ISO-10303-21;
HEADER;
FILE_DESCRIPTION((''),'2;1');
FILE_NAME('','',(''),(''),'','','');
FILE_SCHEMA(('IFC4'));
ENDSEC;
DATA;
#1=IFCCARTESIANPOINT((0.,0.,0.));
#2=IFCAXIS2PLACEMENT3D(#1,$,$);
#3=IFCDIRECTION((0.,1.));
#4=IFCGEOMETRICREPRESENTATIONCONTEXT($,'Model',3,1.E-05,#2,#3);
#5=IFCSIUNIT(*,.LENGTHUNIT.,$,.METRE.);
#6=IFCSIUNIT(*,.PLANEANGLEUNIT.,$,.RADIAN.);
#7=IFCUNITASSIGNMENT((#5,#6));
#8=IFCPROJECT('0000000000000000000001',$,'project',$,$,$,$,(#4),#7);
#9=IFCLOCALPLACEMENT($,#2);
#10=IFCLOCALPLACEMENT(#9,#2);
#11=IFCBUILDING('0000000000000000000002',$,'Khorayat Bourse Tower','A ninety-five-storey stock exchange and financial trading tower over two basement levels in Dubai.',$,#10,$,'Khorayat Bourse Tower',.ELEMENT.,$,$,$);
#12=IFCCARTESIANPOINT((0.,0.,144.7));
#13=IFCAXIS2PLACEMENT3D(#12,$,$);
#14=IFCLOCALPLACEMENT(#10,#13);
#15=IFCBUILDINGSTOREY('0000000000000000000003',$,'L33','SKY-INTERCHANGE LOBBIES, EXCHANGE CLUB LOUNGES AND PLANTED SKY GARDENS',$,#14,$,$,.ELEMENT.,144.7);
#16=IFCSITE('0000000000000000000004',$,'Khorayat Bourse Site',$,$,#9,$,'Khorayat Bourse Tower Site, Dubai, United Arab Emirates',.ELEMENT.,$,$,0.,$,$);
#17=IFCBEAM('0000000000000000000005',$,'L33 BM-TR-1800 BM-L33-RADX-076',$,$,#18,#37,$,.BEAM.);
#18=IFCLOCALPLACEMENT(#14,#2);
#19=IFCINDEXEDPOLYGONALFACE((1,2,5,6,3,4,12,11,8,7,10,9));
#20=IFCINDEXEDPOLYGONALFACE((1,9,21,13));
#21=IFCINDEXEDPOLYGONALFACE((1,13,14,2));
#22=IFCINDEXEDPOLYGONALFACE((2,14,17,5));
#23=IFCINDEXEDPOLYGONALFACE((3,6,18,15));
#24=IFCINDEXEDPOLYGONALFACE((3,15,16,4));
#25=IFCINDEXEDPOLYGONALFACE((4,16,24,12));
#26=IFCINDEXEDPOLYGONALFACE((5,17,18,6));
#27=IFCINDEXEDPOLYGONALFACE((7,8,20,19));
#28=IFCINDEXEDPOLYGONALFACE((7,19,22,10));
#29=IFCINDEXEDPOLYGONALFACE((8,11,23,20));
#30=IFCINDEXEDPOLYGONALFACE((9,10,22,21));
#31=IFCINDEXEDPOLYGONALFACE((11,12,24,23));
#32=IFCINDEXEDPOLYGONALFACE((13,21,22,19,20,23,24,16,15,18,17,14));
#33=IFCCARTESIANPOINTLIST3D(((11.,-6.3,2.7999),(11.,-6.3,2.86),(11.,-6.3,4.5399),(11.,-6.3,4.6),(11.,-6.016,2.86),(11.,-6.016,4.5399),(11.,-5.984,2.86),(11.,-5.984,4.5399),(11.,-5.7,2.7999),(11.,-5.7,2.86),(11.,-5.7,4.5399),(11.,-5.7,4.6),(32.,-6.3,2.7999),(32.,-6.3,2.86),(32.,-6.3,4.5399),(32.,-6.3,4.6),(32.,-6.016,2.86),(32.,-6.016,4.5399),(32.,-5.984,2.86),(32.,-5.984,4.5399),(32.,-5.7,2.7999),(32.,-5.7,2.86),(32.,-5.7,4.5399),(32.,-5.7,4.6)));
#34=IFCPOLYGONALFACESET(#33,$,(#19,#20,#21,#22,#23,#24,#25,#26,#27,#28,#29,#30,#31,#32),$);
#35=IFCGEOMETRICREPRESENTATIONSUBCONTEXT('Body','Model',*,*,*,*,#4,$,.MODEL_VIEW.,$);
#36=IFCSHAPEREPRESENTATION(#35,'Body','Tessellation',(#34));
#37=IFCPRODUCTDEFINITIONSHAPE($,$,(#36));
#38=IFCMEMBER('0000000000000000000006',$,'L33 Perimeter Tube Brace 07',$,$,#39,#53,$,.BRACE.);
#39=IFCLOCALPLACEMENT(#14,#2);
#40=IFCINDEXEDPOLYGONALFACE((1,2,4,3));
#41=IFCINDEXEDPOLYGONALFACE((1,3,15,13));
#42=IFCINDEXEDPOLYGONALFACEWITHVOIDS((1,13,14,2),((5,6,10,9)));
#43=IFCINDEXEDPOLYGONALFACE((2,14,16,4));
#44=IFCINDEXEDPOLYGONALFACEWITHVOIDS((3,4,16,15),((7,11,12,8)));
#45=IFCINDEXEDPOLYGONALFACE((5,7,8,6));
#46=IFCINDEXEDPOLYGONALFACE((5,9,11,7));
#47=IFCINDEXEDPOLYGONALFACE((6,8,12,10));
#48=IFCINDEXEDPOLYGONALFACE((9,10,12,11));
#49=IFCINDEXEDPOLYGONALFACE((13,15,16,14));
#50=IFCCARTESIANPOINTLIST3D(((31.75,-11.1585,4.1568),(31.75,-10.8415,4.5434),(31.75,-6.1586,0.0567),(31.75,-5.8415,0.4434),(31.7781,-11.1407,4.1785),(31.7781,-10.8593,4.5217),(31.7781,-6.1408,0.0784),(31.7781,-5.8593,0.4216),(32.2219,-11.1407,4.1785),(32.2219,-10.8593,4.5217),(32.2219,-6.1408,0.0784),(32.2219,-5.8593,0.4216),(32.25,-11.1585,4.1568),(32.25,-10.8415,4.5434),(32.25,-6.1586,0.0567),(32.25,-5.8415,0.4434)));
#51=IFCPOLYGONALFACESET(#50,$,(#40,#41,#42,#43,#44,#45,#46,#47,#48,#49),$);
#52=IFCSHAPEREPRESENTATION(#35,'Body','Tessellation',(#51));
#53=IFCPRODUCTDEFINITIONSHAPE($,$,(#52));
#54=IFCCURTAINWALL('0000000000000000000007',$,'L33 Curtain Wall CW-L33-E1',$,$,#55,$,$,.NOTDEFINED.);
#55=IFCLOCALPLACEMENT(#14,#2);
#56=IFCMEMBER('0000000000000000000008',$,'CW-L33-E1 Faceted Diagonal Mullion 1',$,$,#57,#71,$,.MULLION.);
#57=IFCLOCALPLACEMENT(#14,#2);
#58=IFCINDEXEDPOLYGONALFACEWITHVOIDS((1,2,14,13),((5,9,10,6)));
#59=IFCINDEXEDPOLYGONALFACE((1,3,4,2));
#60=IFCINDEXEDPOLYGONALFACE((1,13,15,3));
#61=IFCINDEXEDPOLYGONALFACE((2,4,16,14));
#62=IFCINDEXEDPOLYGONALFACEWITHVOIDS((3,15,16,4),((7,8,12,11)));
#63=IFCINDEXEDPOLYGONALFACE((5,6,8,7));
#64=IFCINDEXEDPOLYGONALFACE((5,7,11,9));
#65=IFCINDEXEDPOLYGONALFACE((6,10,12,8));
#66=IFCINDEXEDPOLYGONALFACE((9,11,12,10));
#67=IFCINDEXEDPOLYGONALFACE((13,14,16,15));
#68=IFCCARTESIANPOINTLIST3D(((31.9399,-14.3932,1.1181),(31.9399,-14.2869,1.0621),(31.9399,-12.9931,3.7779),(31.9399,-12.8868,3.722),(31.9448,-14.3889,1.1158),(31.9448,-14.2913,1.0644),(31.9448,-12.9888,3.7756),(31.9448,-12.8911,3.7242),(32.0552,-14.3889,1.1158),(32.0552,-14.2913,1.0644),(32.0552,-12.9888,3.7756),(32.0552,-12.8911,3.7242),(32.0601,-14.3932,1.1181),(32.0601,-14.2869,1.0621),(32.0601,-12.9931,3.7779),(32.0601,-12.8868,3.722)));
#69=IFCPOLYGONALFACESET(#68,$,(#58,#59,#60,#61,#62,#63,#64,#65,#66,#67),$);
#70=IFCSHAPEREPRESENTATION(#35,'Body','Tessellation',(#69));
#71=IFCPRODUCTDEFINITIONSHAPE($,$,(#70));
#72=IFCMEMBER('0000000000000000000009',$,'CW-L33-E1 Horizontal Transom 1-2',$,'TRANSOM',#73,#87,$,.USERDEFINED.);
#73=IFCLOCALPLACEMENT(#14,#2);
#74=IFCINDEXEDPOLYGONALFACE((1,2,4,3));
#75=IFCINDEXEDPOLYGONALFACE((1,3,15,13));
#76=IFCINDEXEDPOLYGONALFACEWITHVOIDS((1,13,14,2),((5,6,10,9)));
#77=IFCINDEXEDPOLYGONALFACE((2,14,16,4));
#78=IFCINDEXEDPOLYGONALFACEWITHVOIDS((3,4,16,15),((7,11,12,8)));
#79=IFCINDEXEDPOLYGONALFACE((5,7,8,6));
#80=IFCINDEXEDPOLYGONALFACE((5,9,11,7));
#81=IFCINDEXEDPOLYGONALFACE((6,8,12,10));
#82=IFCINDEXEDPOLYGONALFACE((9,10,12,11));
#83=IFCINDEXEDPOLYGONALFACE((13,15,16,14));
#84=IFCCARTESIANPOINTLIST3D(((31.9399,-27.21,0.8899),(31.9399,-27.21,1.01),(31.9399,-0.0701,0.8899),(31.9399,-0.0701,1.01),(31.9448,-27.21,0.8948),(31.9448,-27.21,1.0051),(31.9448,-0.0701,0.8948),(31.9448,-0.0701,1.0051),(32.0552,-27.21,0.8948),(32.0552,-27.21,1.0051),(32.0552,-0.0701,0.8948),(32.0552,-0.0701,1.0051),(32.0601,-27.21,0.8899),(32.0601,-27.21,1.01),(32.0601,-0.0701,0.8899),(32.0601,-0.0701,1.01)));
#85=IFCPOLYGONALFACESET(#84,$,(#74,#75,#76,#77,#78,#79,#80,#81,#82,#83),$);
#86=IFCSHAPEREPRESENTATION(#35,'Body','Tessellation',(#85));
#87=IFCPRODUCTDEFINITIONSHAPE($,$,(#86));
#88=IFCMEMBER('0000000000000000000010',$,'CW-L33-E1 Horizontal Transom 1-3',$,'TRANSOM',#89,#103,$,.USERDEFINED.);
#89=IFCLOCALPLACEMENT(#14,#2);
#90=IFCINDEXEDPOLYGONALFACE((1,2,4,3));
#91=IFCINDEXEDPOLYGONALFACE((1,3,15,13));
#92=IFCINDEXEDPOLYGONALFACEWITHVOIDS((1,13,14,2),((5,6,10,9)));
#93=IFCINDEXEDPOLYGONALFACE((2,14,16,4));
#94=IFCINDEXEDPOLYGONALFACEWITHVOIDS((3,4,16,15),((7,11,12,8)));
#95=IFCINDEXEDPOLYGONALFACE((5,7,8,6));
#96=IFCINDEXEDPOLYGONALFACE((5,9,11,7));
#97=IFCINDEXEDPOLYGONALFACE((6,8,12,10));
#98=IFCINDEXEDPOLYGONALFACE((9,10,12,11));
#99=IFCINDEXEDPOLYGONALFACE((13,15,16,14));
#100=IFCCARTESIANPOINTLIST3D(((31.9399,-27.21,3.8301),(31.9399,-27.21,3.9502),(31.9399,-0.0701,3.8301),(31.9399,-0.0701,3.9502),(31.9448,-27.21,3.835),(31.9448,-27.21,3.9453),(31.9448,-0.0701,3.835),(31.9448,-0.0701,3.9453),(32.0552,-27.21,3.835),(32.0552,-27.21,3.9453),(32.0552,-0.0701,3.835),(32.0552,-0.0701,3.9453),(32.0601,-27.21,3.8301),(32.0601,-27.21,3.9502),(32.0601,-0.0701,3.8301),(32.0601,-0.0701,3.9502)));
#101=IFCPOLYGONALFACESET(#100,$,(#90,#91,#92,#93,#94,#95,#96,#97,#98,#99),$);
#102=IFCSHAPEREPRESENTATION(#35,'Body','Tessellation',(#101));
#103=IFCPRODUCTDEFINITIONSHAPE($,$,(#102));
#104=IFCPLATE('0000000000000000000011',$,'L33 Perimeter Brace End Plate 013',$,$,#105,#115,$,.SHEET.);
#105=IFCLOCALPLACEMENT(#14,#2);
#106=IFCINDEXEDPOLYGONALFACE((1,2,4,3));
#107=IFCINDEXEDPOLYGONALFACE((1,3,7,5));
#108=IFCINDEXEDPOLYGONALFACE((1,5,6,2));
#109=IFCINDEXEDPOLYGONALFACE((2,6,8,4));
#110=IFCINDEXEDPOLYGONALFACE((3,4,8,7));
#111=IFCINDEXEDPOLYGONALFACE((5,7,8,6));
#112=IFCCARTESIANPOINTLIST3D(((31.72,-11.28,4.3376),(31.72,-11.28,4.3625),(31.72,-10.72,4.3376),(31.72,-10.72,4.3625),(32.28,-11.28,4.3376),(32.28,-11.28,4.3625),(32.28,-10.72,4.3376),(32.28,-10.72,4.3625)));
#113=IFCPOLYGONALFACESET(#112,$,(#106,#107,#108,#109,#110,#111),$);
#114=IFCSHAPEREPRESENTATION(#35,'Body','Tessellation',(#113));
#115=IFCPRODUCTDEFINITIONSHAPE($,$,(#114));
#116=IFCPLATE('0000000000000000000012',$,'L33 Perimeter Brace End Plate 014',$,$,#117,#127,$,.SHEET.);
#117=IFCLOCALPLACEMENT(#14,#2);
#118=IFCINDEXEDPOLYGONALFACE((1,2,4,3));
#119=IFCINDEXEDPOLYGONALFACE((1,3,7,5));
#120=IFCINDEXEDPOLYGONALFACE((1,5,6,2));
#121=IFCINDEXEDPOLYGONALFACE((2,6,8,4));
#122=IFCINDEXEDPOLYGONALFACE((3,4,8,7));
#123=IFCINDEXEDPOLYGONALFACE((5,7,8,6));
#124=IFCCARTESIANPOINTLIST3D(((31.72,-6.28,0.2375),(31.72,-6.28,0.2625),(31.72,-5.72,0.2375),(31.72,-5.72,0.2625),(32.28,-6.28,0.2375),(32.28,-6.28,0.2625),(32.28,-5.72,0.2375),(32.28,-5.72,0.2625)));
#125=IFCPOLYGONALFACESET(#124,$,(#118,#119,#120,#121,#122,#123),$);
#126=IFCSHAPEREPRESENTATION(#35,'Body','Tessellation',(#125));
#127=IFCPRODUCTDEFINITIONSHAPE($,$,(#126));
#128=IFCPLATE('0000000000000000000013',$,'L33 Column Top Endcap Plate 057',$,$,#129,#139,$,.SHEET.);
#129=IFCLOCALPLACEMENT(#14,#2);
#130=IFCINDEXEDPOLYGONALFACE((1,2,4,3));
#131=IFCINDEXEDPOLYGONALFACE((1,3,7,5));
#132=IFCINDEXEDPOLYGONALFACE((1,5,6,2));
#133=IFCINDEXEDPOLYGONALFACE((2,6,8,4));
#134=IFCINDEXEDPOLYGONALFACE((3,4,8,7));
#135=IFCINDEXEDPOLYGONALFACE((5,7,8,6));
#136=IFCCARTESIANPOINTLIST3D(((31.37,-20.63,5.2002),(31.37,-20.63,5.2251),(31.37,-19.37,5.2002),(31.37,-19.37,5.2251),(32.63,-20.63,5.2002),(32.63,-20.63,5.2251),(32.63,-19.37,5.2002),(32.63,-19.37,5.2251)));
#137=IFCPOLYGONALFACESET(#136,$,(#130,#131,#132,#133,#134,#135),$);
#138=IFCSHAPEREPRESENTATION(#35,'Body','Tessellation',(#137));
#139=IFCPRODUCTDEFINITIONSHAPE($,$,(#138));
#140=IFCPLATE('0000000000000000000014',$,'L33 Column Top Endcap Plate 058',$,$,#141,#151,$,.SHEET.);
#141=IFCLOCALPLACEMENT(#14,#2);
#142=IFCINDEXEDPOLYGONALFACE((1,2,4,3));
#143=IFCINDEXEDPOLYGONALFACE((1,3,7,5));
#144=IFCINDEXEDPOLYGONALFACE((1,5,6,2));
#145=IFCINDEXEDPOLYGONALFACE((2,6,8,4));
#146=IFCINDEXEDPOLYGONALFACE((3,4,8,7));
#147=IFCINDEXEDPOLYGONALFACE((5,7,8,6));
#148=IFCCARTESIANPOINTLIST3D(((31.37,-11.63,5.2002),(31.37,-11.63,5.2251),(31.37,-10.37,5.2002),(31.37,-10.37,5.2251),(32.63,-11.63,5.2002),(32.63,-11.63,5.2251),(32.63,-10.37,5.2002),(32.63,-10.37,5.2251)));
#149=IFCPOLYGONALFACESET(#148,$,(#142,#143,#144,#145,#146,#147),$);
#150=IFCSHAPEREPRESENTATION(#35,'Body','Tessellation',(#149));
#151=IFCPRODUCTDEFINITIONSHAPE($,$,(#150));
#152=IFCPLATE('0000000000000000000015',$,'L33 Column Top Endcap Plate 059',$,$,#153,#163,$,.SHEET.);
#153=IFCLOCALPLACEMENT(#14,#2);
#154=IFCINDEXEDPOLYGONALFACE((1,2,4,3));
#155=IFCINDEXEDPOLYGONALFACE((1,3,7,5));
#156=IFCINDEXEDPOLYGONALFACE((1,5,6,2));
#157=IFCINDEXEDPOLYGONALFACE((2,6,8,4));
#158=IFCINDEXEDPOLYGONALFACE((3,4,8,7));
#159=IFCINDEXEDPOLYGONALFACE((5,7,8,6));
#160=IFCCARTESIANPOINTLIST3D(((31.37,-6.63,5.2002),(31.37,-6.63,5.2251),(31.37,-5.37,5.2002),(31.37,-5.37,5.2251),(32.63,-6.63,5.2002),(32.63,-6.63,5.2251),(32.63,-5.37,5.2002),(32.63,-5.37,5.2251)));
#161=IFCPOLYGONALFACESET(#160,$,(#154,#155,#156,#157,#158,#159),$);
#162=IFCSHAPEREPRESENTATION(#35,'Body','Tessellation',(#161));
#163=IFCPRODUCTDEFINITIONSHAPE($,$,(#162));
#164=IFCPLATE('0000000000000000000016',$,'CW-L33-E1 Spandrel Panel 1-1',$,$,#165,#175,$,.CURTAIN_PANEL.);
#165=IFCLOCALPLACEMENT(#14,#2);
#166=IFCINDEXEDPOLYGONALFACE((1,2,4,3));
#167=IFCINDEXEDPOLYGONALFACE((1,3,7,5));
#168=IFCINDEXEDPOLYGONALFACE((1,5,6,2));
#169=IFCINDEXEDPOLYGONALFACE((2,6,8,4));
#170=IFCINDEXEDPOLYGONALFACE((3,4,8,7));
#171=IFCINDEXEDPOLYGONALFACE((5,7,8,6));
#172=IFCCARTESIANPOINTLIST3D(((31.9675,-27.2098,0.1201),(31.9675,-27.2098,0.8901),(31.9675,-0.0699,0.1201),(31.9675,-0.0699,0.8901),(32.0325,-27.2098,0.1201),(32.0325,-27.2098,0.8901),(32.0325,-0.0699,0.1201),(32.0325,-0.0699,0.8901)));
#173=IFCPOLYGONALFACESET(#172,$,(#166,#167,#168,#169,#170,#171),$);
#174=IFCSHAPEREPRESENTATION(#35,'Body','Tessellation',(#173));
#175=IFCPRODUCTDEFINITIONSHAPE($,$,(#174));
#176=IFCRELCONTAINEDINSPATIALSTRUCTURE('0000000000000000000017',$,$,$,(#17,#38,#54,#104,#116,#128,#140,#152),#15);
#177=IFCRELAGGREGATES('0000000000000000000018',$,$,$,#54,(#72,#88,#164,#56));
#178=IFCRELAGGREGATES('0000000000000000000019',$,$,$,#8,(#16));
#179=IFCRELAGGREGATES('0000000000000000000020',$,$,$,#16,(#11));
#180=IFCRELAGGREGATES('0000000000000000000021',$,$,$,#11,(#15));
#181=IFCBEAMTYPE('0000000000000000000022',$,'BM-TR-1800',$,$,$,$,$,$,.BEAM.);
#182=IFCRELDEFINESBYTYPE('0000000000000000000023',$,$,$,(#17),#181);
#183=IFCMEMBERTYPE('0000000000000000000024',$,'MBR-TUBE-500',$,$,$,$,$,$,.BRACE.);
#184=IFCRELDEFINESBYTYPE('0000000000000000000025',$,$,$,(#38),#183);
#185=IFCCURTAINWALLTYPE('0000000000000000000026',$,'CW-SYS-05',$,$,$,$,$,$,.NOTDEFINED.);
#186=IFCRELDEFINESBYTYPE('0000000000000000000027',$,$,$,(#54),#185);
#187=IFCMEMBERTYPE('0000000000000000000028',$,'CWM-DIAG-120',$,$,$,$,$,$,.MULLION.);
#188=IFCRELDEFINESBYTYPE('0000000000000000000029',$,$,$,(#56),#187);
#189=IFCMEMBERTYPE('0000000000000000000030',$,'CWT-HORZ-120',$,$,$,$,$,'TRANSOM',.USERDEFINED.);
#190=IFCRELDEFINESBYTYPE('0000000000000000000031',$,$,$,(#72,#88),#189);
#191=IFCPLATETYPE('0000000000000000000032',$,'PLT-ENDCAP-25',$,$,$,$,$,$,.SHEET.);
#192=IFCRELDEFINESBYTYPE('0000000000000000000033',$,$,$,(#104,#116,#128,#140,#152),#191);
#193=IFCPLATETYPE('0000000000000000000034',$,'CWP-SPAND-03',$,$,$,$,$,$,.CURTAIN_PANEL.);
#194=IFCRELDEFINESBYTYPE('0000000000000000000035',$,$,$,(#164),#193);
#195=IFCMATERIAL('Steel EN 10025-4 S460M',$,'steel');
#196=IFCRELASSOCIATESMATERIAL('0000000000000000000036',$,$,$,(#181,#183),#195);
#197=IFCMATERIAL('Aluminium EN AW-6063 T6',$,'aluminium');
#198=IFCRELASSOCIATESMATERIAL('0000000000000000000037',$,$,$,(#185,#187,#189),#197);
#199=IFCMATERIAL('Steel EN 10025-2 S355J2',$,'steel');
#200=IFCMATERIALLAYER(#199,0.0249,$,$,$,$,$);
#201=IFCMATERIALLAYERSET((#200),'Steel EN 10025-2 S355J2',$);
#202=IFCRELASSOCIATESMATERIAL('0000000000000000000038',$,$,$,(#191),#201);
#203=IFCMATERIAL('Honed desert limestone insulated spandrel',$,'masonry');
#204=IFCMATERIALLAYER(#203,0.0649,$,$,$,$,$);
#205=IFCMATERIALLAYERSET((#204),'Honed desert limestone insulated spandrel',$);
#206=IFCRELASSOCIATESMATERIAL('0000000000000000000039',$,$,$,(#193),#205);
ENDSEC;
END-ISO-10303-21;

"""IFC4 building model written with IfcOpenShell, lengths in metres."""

from ifc_helpers import new_model, si_unit, direction, frame, origin, origin_2d, place, context, subcontext, project, spatial, rectangle, hollow_rectangle, i_section, extrude, source, transform, mapped, material, layer, layer_set, material_profile, profile_set, type_object, element, aggregate, save


model = new_model("IFC4")

# Units and contexts
model_context = context("Model", 3, precision=1e-05, world=origin(), true_north=direction((0.0, 1.0)))
body_context = subcontext(model_context, "Body", "Model", "MODEL_VIEW")
ifc_project = project(units=[si_unit("LENGTHUNIT", "METRE"), si_unit("PLANEANGLEUNIT", "RADIAN")], contexts=[model_context])

# Site, building, storey
site_placement = place(None, origin())
site = spatial("IfcSite", under=ifc_project, at=site_placement, Name="Khorayat Bourse Site", LongName="Khorayat Bourse Tower Site, Dubai, United Arab Emirates", CompositionType="ELEMENT", RefElevation=0.0)
building_placement = place(site_placement, origin())
building = spatial("IfcBuilding", under=site, at=building_placement, Name="Khorayat Bourse Tower", Description="A ninety-five-storey stock exchange and financial trading tower over two basement levels in Dubai.", LongName="Khorayat Bourse Tower", CompositionType="ELEMENT")
storey_placement = place(building_placement, frame((0.0, 0.0, 144.7)))
storey = spatial("IfcBuildingStorey", under=building, at=storey_placement, Name="L33", Description="SKY-INTERCHANGE LOBBIES, EXCHANGE CLUB LOUNGES AND PLANTED SKY GARDENS", CompositionType="ELEMENT", Elevation=144.7)

# Shared definitions
ifc_material_1 = material(Name="Steel EN 10025-4 S460M", Category="steel")

# Beam
ifc_material_profile_1 = material_profile(ifc_material_1, i_section(OverallWidth=0.6001, OverallDepth=1.8, WebThickness=0.032, FlangeThickness=0.0601, at=origin_2d()), Name="PG 1800x600x32x60")
ifc_profile_set_1 = profile_set([ifc_material_profile_1], Name="Steel EN 10025-4 S460M")
beam_type_1 = type_object("IfcBeamType", Name="BM-TR-1800", PredefinedType="BEAM", material=ifc_profile_set_1)
shared_shape_1 = source(origin(), body_context, "Body", "SweptSolid", [
    extrude(i_section(OverallWidth=0.6001, OverallDepth=1.8, WebThickness=0.032, FlangeThickness=0.0601, at=origin_2d()), origin(), (0.0, 0.0, 1.0), 21.0),
])
beam_1_placement = place(storey_placement, frame((11.0, -6.0, 3.7), z_axis=(1.0, 0.0, 0.0), x_axis=(0.0, 1.0, 0.0)))
element("IfcBeam", 1, at=beam_1_placement, inside=storey, type_object=beam_type_1, Name="L33 BM-TR-1800 BM-L33-RADX-076", PredefinedType="BEAM", context=body_context, shape_type="MappedRepresentation", body=[
    mapped(shared_shape_1, transform((0.0, 0.0, 0.0), scale=1.0)),
])

# Member
ifc_material_profile_2 = material_profile(ifc_material_1, hollow_rectangle(XDim=0.5, YDim=0.5, WallThickness=0.0281, at=origin_2d()), Name="HSS 500x500x28")
ifc_profile_set_2 = profile_set([ifc_material_profile_2], Name="Steel EN 10025-4 S460M")
member_type_1 = type_object("IfcMemberType", Name="MBR-TUBE-500", PredefinedType="BRACE", material=ifc_profile_set_2)
shared_shape_2 = source(origin(), body_context, "Body", "SweptSolid", [
    extrude(hollow_rectangle(XDim=0.5, YDim=0.5, WallThickness=0.0281, at=origin_2d()), origin(), (0.0, 0.0, 1.0), 6.4661),
])
member_1_placement = place(storey_placement, frame((32.0, -11.0, 4.3501), z_axis=(0.0, 0.77326, -0.634089), x_axis=(-1.0, 0.0, 0.0)))
element("IfcMember", 2, at=member_1_placement, inside=storey, type_object=member_type_1, Name="L33 Perimeter Tube Brace 07", PredefinedType="BRACE", context=body_context, shape_type="MappedRepresentation", body=[
    mapped(shared_shape_2, transform((0.0, 0.0, 0.0), scale=1.0)),
])

# Curtain wall, members
ifc_material_2 = material(Name="Aluminium EN AW-6063 T6", Category="aluminium")
curtain_wall_type = type_object("IfcCurtainWallType", Name="CW-SYS-05", PredefinedType="NOTDEFINED", material=ifc_material_2)
curtain_wall_placement = place(storey_placement, origin())
curtain_wall = element("IfcCurtainWall", 3, at=curtain_wall_placement, inside=storey, type_object=curtain_wall_type, Name="L33 Curtain Wall CW-L33-E1", PredefinedType="NOTDEFINED")
ifc_material_profile_3 = material_profile(ifc_material_2, hollow_rectangle(XDim=0.1201, YDim=0.1201, WallThickness=0.0049, at=origin_2d()), Name="ALU 120x120x5")
ifc_profile_set_3 = profile_set([ifc_material_profile_3], Name="Aluminium EN AW-6063 T6")
member_type_2 = type_object("IfcMemberType", Name="CWM-DIAG-120", PredefinedType="MULLION", material=ifc_profile_set_3)
shared_shape_3 = source(origin(), body_context, "Body", "SweptSolid", [
    extrude(hollow_rectangle(XDim=0.1201, YDim=0.1201, WallThickness=0.0049, at=origin_2d()), origin(), (0.0, 0.0, 1.0), 3.0059),
])
member_2_placement = place(storey_placement, frame((32.0, -14.3401, 1.0901), z_axis=(0.0, 0.465797, 0.884892), x_axis=(-1.0, 0.0, 0.0)))
member_2 = element("IfcMember", 4, at=member_2_placement, type_object=member_type_2, Name="CW-L33-E1 Faceted Diagonal Mullion 1", PredefinedType="MULLION", context=body_context, shape_type="MappedRepresentation", body=[
    mapped(shared_shape_3, transform((0.0, 0.0, 0.0), scale=1.0)),
])
ifc_material_profile_4 = material_profile(ifc_material_2, hollow_rectangle(XDim=0.1201, YDim=0.1201, WallThickness=0.0049, at=origin_2d()), Name="ALU 120x120x5")
ifc_profile_set_4 = profile_set([ifc_material_profile_4], Name="Aluminium EN AW-6063 T6")
member_type_3 = type_object("IfcMemberType", Name="CWT-HORZ-120", ElementType="TRANSOM", PredefinedType="USERDEFINED", material=ifc_profile_set_4)
shared_shape_4 = source(origin(), body_context, "Body", "SweptSolid", [
    extrude(hollow_rectangle(XDim=0.1201, YDim=0.1201, WallThickness=0.0049, at=origin_2d()), origin(), (0.0, 0.0, 1.0), 27.1399),
])
member_3_placement = place(storey_placement, frame((32.0, -27.21, 0.95), z_axis=(0.0, 1.0, 0.0), x_axis=(-1.0, 0.0, 0.0)))
member_3 = element("IfcMember", 5, at=member_3_placement, type_object=member_type_3, Name="CW-L33-E1 Horizontal Transom 1-2", ObjectType="TRANSOM", PredefinedType="USERDEFINED", context=body_context, shape_type="MappedRepresentation", body=[
    mapped(shared_shape_4, transform((0.0, 0.0, 0.0), scale=1.0)),
])
member_4_placement = place(storey_placement, frame((32.0, -27.21, 3.8901), z_axis=(0.0, 1.0, 0.0), x_axis=(-1.0, 0.0, 0.0)))
member_4 = element("IfcMember", 6, at=member_4_placement, type_object=member_type_3, Name="CW-L33-E1 Horizontal Transom 1-3", ObjectType="TRANSOM", PredefinedType="USERDEFINED", context=body_context, shape_type="MappedRepresentation", body=[
    mapped(shared_shape_4, transform((0.0, 0.0, 0.0), scale=1.0)),
])

# Plates
ifc_material_3 = material(Name="Steel EN 10025-2 S355J2", Category="steel")
ifc_layer_1 = layer(ifc_material_3, 0.0249)
ifc_layer_set_1 = layer_set([ifc_layer_1], Name="Steel EN 10025-2 S355J2")
plate_type_1 = type_object("IfcPlateType", Name="PLT-ENDCAP-25", PredefinedType="SHEET", material=ifc_layer_set_1)
shared_shape_5 = source(origin(), body_context, "Body", "SweptSolid", [
    extrude(rectangle(XDim=0.5601, YDim=0.5601, at=origin_2d()), origin(), (0.0, 0.0, 1.0), 0.0249),
])
for number, where, z_axis, x_axis, name in (
    (7, (32.0, -11.0, 4.3376), (0.0, 0.0, 1.0), (1.0, 0.0, 0.0), "L33 Perimeter Brace End Plate 013"),
    (8, (32.0, -6.0, 0.2375), (0.0, 0.0, 1.0), (1.0, 0.0, 0.0), "L33 Perimeter Brace End Plate 014"),
):
    element("IfcPlate", number, at=place(storey_placement, frame(where, z_axis=z_axis, x_axis=x_axis)), inside=storey, type_object=plate_type_1, Name=name, PredefinedType="SHEET", context=body_context, shape_type="MappedRepresentation", body=[
        mapped(shared_shape_5, transform((0.0, 0.0, 0.0), scale=1.0)),
    ])
shared_shape_6 = source(origin(), body_context, "Body", "SweptSolid", [
    extrude(rectangle(XDim=1.26, YDim=1.26, at=origin_2d()), origin(), (0.0, 0.0, 1.0), 0.0249),
])
for number, where, z_axis, x_axis, name in (
    (9, (32.0, -20.0, 5.2002), (0.0, 0.0, 1.0), (1.0, 0.0, 0.0), "L33 Column Top Endcap Plate 057"),
    (10, (32.0, -11.0, 5.2002), (0.0, 0.0, 1.0), (1.0, 0.0, 0.0), "L33 Column Top Endcap Plate 058"),
    (11, (32.0, -6.0, 5.2002), (0.0, 0.0, 1.0), (1.0, 0.0, 0.0), "L33 Column Top Endcap Plate 059"),
):
    element("IfcPlate", number, at=place(storey_placement, frame(where, z_axis=z_axis, x_axis=x_axis)), inside=storey, type_object=plate_type_1, Name=name, PredefinedType="SHEET", context=body_context, shape_type="MappedRepresentation", body=[
        mapped(shared_shape_6, transform((0.0, 0.0, 0.0), scale=1.0)),
    ])

# Plate
ifc_material_4 = material(Name="Honed desert limestone insulated spandrel", Category="masonry")
ifc_layer_2 = layer(ifc_material_4, 0.0649)
ifc_layer_set_2 = layer_set([ifc_layer_2], Name="Honed desert limestone insulated spandrel")
plate_type_2 = type_object("IfcPlateType", Name="CWP-SPAND-03", PredefinedType="CURTAIN_PANEL", material=ifc_layer_set_2)
shared_shape_7 = source(origin(), body_context, "Body", "SweptSolid", [
    extrude(rectangle(XDim=27.1399, YDim=0.0649, at=origin_2d()), origin(), (0.0, 0.0, 1.0), 0.77),
])
plate_1_placement = place(storey_placement, frame((32.0, -13.6399, 0.1201), z_axis=(0.0, 0.0, 1.0), x_axis=(0.0, 1.0, 0.0)))
plate_1 = element("IfcPlate", 12, at=plate_1_placement, type_object=plate_type_2, Name="CW-L33-E1 Spandrel Panel 1-1", PredefinedType="CURTAIN_PANEL", context=body_context, shape_type="MappedRepresentation", body=[
    mapped(shared_shape_7, transform((0.0, 0.0, 0.0), scale=1.0)),
])
aggregate(curtain_wall, [member_3, member_4, plate_1, member_2])

save(model, "model.ifc")
